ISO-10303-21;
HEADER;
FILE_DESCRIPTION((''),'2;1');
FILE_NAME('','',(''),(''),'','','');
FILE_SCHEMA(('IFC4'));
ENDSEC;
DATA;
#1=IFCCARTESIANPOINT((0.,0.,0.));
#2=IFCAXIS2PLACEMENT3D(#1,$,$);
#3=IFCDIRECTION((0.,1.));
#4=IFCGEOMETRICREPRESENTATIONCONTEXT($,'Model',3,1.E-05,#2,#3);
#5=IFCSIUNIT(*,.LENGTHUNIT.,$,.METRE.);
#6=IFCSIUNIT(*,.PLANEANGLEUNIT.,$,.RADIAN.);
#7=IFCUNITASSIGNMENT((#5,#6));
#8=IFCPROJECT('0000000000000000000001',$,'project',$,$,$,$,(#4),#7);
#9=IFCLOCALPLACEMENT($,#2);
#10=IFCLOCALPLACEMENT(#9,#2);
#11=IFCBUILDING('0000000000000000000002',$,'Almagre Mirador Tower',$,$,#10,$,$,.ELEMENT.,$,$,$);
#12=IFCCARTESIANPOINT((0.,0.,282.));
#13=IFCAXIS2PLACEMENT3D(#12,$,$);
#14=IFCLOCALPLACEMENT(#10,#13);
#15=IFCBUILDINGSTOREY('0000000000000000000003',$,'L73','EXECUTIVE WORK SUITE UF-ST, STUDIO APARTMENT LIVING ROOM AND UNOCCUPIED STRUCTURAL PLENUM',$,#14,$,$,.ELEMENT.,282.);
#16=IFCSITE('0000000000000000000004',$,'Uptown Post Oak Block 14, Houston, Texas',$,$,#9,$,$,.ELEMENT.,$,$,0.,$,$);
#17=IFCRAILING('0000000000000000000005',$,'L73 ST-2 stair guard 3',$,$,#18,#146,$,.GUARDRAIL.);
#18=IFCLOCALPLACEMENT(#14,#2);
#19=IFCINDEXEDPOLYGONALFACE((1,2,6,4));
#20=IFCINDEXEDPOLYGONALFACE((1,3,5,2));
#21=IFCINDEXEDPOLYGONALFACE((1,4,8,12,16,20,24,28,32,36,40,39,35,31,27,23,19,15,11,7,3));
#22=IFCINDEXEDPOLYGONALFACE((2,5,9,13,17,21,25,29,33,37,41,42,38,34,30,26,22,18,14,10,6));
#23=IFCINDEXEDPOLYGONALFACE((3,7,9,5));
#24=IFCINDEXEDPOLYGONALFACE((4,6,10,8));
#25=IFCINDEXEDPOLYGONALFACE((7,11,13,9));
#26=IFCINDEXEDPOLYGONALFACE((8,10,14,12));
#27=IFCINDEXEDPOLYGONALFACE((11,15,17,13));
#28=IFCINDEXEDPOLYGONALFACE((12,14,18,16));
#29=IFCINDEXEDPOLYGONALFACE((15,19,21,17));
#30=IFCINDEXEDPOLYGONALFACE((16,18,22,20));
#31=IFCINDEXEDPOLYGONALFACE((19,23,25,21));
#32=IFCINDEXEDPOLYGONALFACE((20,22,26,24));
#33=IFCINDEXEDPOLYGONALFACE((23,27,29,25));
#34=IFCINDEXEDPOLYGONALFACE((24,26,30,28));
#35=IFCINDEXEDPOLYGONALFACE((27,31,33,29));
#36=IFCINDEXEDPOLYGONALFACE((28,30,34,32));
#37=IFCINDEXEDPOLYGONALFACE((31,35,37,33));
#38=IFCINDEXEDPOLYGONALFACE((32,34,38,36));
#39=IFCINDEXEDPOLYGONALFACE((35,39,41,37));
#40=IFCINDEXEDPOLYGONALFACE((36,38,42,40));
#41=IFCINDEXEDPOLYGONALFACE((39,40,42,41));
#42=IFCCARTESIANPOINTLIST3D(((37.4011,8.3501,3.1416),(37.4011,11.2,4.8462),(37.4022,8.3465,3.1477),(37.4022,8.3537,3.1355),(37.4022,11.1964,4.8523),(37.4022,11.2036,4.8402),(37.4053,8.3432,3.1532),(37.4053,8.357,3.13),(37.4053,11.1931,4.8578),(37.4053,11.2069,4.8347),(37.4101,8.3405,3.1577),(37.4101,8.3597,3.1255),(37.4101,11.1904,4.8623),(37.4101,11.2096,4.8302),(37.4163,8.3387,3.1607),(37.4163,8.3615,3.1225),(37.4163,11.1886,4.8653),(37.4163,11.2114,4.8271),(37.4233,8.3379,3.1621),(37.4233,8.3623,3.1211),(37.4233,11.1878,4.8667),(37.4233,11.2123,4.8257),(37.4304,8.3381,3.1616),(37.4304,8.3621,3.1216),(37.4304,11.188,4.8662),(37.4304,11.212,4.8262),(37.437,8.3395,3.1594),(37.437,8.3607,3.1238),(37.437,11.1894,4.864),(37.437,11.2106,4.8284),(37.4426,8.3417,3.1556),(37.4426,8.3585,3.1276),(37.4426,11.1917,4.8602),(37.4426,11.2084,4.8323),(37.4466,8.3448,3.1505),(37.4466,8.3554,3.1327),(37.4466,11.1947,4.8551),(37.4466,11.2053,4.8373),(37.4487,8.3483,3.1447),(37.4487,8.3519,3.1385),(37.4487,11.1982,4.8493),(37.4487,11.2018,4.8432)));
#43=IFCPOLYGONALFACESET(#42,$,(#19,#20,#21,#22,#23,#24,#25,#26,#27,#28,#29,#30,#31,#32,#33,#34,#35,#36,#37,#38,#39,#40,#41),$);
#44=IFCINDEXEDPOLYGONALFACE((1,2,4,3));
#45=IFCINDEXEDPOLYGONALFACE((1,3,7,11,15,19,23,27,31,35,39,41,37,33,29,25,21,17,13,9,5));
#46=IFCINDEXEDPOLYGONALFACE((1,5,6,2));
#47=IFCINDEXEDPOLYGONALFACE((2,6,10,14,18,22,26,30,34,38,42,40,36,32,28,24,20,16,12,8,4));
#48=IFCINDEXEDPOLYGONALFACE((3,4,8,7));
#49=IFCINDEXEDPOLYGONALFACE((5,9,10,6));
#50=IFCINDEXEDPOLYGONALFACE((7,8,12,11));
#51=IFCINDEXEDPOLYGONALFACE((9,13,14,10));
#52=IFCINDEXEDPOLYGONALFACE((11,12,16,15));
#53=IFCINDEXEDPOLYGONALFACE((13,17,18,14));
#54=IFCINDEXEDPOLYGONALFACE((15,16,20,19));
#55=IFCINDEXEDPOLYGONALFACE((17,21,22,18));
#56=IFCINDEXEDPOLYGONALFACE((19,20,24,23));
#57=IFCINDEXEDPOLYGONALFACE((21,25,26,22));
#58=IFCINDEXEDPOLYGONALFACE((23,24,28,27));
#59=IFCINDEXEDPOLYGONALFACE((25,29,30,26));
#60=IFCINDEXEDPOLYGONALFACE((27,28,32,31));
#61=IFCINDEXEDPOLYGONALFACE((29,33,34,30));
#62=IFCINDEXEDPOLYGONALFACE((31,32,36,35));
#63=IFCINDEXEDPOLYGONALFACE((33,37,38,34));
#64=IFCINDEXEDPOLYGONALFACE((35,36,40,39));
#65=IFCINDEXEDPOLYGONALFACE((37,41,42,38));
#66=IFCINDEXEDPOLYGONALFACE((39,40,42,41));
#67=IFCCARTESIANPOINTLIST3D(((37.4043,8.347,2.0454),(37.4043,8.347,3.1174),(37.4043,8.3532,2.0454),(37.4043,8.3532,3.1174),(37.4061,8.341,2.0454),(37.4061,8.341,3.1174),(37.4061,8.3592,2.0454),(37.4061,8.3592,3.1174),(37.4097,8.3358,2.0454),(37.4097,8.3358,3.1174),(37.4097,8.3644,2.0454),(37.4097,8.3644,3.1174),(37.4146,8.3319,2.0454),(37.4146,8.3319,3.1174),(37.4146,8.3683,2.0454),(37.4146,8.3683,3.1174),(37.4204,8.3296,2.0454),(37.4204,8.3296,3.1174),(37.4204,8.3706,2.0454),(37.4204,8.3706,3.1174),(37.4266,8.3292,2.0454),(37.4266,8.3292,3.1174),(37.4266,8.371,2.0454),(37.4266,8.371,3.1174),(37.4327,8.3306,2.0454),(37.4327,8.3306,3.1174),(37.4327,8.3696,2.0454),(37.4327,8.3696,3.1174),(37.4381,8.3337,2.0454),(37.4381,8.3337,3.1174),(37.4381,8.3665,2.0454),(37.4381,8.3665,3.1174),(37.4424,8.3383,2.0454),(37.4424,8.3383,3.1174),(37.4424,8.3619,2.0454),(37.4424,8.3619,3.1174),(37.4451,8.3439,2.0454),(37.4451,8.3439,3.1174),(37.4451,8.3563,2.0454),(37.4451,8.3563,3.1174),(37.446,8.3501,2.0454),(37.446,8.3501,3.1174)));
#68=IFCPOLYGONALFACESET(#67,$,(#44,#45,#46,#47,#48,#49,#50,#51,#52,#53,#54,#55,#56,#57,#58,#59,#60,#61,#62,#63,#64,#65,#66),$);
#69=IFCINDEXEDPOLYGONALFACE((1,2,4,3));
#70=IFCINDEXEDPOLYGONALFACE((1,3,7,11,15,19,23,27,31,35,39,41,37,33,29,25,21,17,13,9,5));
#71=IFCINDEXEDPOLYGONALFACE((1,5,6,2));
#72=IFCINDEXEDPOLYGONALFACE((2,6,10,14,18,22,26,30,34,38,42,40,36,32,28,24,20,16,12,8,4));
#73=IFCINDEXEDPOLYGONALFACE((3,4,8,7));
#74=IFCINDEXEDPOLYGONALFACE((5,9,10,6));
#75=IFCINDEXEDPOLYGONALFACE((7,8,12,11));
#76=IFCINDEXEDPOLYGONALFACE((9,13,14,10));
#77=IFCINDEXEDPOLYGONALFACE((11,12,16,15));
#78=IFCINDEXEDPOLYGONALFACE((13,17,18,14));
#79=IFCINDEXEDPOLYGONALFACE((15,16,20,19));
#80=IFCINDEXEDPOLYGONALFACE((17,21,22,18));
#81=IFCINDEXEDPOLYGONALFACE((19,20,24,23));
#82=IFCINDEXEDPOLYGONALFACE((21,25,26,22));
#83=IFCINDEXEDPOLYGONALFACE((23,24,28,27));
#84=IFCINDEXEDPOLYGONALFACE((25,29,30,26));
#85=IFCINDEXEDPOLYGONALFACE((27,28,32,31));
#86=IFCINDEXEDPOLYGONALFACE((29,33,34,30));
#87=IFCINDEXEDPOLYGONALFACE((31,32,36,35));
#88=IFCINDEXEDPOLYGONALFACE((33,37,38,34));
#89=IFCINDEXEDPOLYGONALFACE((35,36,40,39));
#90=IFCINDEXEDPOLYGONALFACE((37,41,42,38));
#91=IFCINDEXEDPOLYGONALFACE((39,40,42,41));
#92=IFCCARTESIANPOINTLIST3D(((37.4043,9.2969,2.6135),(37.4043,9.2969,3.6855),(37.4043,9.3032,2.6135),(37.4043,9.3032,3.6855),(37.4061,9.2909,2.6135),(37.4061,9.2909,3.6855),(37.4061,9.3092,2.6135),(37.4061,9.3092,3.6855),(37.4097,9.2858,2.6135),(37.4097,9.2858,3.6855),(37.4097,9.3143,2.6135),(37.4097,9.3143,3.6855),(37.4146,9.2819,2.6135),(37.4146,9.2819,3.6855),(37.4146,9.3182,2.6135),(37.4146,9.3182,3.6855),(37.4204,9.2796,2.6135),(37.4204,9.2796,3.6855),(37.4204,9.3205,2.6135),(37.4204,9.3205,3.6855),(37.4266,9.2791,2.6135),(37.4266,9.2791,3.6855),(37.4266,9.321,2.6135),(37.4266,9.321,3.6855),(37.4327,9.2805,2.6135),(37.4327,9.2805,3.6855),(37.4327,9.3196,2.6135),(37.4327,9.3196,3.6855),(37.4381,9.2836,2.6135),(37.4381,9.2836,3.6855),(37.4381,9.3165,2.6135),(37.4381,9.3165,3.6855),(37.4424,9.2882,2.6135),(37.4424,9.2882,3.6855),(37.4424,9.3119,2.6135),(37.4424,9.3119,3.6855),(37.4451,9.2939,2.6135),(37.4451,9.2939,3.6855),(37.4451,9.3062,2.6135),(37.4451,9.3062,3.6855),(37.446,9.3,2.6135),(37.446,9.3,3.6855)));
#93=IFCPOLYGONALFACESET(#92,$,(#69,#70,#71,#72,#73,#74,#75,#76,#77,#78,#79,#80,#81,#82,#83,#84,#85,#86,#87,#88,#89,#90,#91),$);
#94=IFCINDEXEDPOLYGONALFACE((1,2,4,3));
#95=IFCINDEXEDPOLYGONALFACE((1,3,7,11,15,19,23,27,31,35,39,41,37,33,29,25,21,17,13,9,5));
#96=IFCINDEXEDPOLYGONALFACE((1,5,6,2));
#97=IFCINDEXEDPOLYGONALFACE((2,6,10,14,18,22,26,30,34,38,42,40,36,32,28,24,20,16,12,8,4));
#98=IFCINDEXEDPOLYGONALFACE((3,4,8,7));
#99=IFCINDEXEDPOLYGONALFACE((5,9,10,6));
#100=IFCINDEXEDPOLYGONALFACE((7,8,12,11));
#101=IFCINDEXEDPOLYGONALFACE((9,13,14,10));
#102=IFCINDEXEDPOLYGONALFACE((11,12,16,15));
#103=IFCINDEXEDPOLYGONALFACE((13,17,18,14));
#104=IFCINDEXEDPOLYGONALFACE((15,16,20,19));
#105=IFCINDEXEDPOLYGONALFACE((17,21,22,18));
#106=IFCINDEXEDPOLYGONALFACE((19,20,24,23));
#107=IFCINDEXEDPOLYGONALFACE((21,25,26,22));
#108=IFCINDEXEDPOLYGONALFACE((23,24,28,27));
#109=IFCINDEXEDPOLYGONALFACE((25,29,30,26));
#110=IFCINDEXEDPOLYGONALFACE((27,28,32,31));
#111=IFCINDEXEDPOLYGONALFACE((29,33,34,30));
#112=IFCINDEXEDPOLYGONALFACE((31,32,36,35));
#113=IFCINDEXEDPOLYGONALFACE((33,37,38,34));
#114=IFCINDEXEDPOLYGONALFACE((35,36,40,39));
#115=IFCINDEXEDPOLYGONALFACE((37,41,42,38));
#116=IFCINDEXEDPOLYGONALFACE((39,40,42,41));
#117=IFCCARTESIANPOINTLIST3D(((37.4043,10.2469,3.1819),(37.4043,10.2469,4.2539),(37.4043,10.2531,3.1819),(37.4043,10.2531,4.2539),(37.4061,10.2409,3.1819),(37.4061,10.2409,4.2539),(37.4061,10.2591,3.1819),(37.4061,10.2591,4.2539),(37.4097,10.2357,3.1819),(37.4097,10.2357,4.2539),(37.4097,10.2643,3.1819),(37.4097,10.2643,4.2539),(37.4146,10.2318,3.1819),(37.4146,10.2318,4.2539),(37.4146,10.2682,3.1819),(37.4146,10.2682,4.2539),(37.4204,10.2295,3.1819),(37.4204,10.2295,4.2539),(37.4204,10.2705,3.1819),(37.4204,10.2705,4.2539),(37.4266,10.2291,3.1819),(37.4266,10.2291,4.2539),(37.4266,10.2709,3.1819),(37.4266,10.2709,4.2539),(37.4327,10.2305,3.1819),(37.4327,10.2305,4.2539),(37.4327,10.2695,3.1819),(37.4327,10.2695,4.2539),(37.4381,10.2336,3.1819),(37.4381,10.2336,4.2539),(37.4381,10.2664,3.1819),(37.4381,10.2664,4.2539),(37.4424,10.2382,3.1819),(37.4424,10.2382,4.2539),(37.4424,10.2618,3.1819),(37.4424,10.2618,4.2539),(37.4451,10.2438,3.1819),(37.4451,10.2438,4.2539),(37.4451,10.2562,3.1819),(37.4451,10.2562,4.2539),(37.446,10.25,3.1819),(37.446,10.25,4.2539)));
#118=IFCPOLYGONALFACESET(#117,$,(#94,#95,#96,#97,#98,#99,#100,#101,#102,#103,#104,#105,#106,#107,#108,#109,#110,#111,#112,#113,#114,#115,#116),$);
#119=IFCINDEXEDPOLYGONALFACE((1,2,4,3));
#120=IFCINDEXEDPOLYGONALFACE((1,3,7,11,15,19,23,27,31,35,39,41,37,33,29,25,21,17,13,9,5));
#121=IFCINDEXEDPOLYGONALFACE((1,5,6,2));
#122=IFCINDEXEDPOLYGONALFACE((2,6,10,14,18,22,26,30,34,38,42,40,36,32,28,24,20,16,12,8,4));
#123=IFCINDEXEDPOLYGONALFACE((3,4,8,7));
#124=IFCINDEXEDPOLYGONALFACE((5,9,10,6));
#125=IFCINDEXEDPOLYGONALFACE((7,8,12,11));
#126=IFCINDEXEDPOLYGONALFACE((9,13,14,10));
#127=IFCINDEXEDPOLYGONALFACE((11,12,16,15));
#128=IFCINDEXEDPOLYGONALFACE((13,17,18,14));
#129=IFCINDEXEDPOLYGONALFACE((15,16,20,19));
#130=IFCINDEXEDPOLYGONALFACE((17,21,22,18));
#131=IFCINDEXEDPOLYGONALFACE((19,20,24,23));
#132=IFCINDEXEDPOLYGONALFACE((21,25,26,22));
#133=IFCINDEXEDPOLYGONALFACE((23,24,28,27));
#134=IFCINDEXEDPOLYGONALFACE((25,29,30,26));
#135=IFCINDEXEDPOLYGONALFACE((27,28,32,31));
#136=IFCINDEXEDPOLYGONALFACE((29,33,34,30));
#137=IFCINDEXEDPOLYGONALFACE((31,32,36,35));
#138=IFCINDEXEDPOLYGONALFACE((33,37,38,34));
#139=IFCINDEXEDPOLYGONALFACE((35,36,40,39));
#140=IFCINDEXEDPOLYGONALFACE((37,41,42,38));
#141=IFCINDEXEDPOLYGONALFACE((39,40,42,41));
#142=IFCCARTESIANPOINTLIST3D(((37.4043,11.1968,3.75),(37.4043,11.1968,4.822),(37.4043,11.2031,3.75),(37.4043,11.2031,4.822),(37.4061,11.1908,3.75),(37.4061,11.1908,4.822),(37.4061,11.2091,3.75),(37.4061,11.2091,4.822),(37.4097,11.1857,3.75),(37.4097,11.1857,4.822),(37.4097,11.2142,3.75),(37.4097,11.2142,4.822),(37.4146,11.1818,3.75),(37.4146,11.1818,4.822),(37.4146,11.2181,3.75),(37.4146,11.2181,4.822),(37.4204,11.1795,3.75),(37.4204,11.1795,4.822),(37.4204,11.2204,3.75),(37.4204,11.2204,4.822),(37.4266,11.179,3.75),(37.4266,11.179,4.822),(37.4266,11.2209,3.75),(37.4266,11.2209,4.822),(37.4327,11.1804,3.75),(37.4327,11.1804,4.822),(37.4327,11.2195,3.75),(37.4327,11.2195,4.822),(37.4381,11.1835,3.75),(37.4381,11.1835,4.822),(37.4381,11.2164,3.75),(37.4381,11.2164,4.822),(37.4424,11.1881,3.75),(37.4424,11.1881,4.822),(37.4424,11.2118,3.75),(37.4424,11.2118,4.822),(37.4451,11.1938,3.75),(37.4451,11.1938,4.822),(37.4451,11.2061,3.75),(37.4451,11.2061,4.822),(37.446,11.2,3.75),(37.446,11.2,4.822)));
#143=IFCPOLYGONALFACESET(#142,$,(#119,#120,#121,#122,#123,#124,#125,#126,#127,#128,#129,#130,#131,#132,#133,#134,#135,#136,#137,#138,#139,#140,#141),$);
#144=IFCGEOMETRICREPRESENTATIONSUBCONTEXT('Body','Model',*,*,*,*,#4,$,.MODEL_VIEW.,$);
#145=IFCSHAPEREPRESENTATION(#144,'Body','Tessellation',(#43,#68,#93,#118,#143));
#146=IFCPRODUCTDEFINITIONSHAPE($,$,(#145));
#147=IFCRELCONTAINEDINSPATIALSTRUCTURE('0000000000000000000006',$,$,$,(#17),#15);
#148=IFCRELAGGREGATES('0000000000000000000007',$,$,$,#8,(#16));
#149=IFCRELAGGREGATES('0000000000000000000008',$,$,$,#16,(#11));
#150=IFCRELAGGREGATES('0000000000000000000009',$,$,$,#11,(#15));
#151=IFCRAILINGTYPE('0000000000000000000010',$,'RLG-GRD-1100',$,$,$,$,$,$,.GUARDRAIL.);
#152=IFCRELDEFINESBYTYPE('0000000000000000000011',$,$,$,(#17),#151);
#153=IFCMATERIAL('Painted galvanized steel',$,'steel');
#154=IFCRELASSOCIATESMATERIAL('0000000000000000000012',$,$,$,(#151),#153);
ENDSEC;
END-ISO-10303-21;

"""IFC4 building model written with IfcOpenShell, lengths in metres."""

from ifc_helpers import new_model, si_unit, direction, frame, origin, origin_2d, place, context, subcontext, project, spatial, circle, extrude, material, type_object, element, save


model = new_model("IFC4")

# Units and contexts
model_context = context("Model", 3, precision=1e-05, world=origin(), true_north=direction((0.0, 1.0)))
body_context = subcontext(model_context, "Body", "Model", "MODEL_VIEW")
ifc_project = project(units=[si_unit("LENGTHUNIT", "METRE"), si_unit("PLANEANGLEUNIT", "RADIAN")], contexts=[model_context])

# Site, building, storey
site_placement = place(None, origin())
site = spatial("IfcSite", under=ifc_project, at=site_placement, Name="Uptown Post Oak Block 14, Houston, Texas", CompositionType="ELEMENT", RefElevation=0.0)
building_placement = place(site_placement, origin())
building = spatial("IfcBuilding", under=site, at=building_placement, Name="Almagre Mirador Tower", CompositionType="ELEMENT")
storey_placement = place(building_placement, frame((0.0, 0.0, 282.0)))
storey = spatial("IfcBuildingStorey", under=building, at=storey_placement, Name="L73", Description="EXECUTIVE WORK SUITE UF-ST, STUDIO APARTMENT LIVING ROOM AND UNOCCUPIED STRUCTURAL PLENUM", CompositionType="ELEMENT", Elevation=282.0)

# Railing
ifc_material_1 = material(Name="Painted galvanized steel", Category="steel")
railing_type_1 = type_object("IfcRailingType", Name="RLG-GRD-1100", PredefinedType="GUARDRAIL", material=ifc_material_1)
railing_1_placement = place(storey_placement, frame((37.425, 8.3501, 2.0454)))
element("IfcRailing", 1, at=railing_1_placement, inside=storey, type_object=railing_type_1, Name="L73 ST-2 stair guard 3", PredefinedType="GUARDRAIL", context=body_context, shape_type="SweptSolid", body=[
    extrude(circle(Radius=0.0239, at=origin_2d()), frame((0.0, 0.0, 1.0962), z_axis=(0.0, 0.858199, 0.513317), x_axis=(-1.0, 0.0, 0.0)), (0.0, 0.0, 1.0), 3.3208),
    extrude(circle(Radius=0.021, at=origin_2d()), origin(), (0.0, 0.0, 1.0), 1.072),
    extrude(circle(Radius=0.021, at=origin_2d()), frame((0.0, 0.95, 0.5681)), (0.0, 0.0, 1.0), 1.072),
    extrude(circle(Radius=0.021, at=origin_2d()), frame((0.0, 1.8999, 1.1365)), (0.0, 0.0, 1.0), 1.072),
    extrude(circle(Radius=0.021, at=origin_2d()), frame((0.0, 2.8499, 1.7046)), (0.0, 0.0, 1.0), 1.072),
])

save(model, "model.ifc")
